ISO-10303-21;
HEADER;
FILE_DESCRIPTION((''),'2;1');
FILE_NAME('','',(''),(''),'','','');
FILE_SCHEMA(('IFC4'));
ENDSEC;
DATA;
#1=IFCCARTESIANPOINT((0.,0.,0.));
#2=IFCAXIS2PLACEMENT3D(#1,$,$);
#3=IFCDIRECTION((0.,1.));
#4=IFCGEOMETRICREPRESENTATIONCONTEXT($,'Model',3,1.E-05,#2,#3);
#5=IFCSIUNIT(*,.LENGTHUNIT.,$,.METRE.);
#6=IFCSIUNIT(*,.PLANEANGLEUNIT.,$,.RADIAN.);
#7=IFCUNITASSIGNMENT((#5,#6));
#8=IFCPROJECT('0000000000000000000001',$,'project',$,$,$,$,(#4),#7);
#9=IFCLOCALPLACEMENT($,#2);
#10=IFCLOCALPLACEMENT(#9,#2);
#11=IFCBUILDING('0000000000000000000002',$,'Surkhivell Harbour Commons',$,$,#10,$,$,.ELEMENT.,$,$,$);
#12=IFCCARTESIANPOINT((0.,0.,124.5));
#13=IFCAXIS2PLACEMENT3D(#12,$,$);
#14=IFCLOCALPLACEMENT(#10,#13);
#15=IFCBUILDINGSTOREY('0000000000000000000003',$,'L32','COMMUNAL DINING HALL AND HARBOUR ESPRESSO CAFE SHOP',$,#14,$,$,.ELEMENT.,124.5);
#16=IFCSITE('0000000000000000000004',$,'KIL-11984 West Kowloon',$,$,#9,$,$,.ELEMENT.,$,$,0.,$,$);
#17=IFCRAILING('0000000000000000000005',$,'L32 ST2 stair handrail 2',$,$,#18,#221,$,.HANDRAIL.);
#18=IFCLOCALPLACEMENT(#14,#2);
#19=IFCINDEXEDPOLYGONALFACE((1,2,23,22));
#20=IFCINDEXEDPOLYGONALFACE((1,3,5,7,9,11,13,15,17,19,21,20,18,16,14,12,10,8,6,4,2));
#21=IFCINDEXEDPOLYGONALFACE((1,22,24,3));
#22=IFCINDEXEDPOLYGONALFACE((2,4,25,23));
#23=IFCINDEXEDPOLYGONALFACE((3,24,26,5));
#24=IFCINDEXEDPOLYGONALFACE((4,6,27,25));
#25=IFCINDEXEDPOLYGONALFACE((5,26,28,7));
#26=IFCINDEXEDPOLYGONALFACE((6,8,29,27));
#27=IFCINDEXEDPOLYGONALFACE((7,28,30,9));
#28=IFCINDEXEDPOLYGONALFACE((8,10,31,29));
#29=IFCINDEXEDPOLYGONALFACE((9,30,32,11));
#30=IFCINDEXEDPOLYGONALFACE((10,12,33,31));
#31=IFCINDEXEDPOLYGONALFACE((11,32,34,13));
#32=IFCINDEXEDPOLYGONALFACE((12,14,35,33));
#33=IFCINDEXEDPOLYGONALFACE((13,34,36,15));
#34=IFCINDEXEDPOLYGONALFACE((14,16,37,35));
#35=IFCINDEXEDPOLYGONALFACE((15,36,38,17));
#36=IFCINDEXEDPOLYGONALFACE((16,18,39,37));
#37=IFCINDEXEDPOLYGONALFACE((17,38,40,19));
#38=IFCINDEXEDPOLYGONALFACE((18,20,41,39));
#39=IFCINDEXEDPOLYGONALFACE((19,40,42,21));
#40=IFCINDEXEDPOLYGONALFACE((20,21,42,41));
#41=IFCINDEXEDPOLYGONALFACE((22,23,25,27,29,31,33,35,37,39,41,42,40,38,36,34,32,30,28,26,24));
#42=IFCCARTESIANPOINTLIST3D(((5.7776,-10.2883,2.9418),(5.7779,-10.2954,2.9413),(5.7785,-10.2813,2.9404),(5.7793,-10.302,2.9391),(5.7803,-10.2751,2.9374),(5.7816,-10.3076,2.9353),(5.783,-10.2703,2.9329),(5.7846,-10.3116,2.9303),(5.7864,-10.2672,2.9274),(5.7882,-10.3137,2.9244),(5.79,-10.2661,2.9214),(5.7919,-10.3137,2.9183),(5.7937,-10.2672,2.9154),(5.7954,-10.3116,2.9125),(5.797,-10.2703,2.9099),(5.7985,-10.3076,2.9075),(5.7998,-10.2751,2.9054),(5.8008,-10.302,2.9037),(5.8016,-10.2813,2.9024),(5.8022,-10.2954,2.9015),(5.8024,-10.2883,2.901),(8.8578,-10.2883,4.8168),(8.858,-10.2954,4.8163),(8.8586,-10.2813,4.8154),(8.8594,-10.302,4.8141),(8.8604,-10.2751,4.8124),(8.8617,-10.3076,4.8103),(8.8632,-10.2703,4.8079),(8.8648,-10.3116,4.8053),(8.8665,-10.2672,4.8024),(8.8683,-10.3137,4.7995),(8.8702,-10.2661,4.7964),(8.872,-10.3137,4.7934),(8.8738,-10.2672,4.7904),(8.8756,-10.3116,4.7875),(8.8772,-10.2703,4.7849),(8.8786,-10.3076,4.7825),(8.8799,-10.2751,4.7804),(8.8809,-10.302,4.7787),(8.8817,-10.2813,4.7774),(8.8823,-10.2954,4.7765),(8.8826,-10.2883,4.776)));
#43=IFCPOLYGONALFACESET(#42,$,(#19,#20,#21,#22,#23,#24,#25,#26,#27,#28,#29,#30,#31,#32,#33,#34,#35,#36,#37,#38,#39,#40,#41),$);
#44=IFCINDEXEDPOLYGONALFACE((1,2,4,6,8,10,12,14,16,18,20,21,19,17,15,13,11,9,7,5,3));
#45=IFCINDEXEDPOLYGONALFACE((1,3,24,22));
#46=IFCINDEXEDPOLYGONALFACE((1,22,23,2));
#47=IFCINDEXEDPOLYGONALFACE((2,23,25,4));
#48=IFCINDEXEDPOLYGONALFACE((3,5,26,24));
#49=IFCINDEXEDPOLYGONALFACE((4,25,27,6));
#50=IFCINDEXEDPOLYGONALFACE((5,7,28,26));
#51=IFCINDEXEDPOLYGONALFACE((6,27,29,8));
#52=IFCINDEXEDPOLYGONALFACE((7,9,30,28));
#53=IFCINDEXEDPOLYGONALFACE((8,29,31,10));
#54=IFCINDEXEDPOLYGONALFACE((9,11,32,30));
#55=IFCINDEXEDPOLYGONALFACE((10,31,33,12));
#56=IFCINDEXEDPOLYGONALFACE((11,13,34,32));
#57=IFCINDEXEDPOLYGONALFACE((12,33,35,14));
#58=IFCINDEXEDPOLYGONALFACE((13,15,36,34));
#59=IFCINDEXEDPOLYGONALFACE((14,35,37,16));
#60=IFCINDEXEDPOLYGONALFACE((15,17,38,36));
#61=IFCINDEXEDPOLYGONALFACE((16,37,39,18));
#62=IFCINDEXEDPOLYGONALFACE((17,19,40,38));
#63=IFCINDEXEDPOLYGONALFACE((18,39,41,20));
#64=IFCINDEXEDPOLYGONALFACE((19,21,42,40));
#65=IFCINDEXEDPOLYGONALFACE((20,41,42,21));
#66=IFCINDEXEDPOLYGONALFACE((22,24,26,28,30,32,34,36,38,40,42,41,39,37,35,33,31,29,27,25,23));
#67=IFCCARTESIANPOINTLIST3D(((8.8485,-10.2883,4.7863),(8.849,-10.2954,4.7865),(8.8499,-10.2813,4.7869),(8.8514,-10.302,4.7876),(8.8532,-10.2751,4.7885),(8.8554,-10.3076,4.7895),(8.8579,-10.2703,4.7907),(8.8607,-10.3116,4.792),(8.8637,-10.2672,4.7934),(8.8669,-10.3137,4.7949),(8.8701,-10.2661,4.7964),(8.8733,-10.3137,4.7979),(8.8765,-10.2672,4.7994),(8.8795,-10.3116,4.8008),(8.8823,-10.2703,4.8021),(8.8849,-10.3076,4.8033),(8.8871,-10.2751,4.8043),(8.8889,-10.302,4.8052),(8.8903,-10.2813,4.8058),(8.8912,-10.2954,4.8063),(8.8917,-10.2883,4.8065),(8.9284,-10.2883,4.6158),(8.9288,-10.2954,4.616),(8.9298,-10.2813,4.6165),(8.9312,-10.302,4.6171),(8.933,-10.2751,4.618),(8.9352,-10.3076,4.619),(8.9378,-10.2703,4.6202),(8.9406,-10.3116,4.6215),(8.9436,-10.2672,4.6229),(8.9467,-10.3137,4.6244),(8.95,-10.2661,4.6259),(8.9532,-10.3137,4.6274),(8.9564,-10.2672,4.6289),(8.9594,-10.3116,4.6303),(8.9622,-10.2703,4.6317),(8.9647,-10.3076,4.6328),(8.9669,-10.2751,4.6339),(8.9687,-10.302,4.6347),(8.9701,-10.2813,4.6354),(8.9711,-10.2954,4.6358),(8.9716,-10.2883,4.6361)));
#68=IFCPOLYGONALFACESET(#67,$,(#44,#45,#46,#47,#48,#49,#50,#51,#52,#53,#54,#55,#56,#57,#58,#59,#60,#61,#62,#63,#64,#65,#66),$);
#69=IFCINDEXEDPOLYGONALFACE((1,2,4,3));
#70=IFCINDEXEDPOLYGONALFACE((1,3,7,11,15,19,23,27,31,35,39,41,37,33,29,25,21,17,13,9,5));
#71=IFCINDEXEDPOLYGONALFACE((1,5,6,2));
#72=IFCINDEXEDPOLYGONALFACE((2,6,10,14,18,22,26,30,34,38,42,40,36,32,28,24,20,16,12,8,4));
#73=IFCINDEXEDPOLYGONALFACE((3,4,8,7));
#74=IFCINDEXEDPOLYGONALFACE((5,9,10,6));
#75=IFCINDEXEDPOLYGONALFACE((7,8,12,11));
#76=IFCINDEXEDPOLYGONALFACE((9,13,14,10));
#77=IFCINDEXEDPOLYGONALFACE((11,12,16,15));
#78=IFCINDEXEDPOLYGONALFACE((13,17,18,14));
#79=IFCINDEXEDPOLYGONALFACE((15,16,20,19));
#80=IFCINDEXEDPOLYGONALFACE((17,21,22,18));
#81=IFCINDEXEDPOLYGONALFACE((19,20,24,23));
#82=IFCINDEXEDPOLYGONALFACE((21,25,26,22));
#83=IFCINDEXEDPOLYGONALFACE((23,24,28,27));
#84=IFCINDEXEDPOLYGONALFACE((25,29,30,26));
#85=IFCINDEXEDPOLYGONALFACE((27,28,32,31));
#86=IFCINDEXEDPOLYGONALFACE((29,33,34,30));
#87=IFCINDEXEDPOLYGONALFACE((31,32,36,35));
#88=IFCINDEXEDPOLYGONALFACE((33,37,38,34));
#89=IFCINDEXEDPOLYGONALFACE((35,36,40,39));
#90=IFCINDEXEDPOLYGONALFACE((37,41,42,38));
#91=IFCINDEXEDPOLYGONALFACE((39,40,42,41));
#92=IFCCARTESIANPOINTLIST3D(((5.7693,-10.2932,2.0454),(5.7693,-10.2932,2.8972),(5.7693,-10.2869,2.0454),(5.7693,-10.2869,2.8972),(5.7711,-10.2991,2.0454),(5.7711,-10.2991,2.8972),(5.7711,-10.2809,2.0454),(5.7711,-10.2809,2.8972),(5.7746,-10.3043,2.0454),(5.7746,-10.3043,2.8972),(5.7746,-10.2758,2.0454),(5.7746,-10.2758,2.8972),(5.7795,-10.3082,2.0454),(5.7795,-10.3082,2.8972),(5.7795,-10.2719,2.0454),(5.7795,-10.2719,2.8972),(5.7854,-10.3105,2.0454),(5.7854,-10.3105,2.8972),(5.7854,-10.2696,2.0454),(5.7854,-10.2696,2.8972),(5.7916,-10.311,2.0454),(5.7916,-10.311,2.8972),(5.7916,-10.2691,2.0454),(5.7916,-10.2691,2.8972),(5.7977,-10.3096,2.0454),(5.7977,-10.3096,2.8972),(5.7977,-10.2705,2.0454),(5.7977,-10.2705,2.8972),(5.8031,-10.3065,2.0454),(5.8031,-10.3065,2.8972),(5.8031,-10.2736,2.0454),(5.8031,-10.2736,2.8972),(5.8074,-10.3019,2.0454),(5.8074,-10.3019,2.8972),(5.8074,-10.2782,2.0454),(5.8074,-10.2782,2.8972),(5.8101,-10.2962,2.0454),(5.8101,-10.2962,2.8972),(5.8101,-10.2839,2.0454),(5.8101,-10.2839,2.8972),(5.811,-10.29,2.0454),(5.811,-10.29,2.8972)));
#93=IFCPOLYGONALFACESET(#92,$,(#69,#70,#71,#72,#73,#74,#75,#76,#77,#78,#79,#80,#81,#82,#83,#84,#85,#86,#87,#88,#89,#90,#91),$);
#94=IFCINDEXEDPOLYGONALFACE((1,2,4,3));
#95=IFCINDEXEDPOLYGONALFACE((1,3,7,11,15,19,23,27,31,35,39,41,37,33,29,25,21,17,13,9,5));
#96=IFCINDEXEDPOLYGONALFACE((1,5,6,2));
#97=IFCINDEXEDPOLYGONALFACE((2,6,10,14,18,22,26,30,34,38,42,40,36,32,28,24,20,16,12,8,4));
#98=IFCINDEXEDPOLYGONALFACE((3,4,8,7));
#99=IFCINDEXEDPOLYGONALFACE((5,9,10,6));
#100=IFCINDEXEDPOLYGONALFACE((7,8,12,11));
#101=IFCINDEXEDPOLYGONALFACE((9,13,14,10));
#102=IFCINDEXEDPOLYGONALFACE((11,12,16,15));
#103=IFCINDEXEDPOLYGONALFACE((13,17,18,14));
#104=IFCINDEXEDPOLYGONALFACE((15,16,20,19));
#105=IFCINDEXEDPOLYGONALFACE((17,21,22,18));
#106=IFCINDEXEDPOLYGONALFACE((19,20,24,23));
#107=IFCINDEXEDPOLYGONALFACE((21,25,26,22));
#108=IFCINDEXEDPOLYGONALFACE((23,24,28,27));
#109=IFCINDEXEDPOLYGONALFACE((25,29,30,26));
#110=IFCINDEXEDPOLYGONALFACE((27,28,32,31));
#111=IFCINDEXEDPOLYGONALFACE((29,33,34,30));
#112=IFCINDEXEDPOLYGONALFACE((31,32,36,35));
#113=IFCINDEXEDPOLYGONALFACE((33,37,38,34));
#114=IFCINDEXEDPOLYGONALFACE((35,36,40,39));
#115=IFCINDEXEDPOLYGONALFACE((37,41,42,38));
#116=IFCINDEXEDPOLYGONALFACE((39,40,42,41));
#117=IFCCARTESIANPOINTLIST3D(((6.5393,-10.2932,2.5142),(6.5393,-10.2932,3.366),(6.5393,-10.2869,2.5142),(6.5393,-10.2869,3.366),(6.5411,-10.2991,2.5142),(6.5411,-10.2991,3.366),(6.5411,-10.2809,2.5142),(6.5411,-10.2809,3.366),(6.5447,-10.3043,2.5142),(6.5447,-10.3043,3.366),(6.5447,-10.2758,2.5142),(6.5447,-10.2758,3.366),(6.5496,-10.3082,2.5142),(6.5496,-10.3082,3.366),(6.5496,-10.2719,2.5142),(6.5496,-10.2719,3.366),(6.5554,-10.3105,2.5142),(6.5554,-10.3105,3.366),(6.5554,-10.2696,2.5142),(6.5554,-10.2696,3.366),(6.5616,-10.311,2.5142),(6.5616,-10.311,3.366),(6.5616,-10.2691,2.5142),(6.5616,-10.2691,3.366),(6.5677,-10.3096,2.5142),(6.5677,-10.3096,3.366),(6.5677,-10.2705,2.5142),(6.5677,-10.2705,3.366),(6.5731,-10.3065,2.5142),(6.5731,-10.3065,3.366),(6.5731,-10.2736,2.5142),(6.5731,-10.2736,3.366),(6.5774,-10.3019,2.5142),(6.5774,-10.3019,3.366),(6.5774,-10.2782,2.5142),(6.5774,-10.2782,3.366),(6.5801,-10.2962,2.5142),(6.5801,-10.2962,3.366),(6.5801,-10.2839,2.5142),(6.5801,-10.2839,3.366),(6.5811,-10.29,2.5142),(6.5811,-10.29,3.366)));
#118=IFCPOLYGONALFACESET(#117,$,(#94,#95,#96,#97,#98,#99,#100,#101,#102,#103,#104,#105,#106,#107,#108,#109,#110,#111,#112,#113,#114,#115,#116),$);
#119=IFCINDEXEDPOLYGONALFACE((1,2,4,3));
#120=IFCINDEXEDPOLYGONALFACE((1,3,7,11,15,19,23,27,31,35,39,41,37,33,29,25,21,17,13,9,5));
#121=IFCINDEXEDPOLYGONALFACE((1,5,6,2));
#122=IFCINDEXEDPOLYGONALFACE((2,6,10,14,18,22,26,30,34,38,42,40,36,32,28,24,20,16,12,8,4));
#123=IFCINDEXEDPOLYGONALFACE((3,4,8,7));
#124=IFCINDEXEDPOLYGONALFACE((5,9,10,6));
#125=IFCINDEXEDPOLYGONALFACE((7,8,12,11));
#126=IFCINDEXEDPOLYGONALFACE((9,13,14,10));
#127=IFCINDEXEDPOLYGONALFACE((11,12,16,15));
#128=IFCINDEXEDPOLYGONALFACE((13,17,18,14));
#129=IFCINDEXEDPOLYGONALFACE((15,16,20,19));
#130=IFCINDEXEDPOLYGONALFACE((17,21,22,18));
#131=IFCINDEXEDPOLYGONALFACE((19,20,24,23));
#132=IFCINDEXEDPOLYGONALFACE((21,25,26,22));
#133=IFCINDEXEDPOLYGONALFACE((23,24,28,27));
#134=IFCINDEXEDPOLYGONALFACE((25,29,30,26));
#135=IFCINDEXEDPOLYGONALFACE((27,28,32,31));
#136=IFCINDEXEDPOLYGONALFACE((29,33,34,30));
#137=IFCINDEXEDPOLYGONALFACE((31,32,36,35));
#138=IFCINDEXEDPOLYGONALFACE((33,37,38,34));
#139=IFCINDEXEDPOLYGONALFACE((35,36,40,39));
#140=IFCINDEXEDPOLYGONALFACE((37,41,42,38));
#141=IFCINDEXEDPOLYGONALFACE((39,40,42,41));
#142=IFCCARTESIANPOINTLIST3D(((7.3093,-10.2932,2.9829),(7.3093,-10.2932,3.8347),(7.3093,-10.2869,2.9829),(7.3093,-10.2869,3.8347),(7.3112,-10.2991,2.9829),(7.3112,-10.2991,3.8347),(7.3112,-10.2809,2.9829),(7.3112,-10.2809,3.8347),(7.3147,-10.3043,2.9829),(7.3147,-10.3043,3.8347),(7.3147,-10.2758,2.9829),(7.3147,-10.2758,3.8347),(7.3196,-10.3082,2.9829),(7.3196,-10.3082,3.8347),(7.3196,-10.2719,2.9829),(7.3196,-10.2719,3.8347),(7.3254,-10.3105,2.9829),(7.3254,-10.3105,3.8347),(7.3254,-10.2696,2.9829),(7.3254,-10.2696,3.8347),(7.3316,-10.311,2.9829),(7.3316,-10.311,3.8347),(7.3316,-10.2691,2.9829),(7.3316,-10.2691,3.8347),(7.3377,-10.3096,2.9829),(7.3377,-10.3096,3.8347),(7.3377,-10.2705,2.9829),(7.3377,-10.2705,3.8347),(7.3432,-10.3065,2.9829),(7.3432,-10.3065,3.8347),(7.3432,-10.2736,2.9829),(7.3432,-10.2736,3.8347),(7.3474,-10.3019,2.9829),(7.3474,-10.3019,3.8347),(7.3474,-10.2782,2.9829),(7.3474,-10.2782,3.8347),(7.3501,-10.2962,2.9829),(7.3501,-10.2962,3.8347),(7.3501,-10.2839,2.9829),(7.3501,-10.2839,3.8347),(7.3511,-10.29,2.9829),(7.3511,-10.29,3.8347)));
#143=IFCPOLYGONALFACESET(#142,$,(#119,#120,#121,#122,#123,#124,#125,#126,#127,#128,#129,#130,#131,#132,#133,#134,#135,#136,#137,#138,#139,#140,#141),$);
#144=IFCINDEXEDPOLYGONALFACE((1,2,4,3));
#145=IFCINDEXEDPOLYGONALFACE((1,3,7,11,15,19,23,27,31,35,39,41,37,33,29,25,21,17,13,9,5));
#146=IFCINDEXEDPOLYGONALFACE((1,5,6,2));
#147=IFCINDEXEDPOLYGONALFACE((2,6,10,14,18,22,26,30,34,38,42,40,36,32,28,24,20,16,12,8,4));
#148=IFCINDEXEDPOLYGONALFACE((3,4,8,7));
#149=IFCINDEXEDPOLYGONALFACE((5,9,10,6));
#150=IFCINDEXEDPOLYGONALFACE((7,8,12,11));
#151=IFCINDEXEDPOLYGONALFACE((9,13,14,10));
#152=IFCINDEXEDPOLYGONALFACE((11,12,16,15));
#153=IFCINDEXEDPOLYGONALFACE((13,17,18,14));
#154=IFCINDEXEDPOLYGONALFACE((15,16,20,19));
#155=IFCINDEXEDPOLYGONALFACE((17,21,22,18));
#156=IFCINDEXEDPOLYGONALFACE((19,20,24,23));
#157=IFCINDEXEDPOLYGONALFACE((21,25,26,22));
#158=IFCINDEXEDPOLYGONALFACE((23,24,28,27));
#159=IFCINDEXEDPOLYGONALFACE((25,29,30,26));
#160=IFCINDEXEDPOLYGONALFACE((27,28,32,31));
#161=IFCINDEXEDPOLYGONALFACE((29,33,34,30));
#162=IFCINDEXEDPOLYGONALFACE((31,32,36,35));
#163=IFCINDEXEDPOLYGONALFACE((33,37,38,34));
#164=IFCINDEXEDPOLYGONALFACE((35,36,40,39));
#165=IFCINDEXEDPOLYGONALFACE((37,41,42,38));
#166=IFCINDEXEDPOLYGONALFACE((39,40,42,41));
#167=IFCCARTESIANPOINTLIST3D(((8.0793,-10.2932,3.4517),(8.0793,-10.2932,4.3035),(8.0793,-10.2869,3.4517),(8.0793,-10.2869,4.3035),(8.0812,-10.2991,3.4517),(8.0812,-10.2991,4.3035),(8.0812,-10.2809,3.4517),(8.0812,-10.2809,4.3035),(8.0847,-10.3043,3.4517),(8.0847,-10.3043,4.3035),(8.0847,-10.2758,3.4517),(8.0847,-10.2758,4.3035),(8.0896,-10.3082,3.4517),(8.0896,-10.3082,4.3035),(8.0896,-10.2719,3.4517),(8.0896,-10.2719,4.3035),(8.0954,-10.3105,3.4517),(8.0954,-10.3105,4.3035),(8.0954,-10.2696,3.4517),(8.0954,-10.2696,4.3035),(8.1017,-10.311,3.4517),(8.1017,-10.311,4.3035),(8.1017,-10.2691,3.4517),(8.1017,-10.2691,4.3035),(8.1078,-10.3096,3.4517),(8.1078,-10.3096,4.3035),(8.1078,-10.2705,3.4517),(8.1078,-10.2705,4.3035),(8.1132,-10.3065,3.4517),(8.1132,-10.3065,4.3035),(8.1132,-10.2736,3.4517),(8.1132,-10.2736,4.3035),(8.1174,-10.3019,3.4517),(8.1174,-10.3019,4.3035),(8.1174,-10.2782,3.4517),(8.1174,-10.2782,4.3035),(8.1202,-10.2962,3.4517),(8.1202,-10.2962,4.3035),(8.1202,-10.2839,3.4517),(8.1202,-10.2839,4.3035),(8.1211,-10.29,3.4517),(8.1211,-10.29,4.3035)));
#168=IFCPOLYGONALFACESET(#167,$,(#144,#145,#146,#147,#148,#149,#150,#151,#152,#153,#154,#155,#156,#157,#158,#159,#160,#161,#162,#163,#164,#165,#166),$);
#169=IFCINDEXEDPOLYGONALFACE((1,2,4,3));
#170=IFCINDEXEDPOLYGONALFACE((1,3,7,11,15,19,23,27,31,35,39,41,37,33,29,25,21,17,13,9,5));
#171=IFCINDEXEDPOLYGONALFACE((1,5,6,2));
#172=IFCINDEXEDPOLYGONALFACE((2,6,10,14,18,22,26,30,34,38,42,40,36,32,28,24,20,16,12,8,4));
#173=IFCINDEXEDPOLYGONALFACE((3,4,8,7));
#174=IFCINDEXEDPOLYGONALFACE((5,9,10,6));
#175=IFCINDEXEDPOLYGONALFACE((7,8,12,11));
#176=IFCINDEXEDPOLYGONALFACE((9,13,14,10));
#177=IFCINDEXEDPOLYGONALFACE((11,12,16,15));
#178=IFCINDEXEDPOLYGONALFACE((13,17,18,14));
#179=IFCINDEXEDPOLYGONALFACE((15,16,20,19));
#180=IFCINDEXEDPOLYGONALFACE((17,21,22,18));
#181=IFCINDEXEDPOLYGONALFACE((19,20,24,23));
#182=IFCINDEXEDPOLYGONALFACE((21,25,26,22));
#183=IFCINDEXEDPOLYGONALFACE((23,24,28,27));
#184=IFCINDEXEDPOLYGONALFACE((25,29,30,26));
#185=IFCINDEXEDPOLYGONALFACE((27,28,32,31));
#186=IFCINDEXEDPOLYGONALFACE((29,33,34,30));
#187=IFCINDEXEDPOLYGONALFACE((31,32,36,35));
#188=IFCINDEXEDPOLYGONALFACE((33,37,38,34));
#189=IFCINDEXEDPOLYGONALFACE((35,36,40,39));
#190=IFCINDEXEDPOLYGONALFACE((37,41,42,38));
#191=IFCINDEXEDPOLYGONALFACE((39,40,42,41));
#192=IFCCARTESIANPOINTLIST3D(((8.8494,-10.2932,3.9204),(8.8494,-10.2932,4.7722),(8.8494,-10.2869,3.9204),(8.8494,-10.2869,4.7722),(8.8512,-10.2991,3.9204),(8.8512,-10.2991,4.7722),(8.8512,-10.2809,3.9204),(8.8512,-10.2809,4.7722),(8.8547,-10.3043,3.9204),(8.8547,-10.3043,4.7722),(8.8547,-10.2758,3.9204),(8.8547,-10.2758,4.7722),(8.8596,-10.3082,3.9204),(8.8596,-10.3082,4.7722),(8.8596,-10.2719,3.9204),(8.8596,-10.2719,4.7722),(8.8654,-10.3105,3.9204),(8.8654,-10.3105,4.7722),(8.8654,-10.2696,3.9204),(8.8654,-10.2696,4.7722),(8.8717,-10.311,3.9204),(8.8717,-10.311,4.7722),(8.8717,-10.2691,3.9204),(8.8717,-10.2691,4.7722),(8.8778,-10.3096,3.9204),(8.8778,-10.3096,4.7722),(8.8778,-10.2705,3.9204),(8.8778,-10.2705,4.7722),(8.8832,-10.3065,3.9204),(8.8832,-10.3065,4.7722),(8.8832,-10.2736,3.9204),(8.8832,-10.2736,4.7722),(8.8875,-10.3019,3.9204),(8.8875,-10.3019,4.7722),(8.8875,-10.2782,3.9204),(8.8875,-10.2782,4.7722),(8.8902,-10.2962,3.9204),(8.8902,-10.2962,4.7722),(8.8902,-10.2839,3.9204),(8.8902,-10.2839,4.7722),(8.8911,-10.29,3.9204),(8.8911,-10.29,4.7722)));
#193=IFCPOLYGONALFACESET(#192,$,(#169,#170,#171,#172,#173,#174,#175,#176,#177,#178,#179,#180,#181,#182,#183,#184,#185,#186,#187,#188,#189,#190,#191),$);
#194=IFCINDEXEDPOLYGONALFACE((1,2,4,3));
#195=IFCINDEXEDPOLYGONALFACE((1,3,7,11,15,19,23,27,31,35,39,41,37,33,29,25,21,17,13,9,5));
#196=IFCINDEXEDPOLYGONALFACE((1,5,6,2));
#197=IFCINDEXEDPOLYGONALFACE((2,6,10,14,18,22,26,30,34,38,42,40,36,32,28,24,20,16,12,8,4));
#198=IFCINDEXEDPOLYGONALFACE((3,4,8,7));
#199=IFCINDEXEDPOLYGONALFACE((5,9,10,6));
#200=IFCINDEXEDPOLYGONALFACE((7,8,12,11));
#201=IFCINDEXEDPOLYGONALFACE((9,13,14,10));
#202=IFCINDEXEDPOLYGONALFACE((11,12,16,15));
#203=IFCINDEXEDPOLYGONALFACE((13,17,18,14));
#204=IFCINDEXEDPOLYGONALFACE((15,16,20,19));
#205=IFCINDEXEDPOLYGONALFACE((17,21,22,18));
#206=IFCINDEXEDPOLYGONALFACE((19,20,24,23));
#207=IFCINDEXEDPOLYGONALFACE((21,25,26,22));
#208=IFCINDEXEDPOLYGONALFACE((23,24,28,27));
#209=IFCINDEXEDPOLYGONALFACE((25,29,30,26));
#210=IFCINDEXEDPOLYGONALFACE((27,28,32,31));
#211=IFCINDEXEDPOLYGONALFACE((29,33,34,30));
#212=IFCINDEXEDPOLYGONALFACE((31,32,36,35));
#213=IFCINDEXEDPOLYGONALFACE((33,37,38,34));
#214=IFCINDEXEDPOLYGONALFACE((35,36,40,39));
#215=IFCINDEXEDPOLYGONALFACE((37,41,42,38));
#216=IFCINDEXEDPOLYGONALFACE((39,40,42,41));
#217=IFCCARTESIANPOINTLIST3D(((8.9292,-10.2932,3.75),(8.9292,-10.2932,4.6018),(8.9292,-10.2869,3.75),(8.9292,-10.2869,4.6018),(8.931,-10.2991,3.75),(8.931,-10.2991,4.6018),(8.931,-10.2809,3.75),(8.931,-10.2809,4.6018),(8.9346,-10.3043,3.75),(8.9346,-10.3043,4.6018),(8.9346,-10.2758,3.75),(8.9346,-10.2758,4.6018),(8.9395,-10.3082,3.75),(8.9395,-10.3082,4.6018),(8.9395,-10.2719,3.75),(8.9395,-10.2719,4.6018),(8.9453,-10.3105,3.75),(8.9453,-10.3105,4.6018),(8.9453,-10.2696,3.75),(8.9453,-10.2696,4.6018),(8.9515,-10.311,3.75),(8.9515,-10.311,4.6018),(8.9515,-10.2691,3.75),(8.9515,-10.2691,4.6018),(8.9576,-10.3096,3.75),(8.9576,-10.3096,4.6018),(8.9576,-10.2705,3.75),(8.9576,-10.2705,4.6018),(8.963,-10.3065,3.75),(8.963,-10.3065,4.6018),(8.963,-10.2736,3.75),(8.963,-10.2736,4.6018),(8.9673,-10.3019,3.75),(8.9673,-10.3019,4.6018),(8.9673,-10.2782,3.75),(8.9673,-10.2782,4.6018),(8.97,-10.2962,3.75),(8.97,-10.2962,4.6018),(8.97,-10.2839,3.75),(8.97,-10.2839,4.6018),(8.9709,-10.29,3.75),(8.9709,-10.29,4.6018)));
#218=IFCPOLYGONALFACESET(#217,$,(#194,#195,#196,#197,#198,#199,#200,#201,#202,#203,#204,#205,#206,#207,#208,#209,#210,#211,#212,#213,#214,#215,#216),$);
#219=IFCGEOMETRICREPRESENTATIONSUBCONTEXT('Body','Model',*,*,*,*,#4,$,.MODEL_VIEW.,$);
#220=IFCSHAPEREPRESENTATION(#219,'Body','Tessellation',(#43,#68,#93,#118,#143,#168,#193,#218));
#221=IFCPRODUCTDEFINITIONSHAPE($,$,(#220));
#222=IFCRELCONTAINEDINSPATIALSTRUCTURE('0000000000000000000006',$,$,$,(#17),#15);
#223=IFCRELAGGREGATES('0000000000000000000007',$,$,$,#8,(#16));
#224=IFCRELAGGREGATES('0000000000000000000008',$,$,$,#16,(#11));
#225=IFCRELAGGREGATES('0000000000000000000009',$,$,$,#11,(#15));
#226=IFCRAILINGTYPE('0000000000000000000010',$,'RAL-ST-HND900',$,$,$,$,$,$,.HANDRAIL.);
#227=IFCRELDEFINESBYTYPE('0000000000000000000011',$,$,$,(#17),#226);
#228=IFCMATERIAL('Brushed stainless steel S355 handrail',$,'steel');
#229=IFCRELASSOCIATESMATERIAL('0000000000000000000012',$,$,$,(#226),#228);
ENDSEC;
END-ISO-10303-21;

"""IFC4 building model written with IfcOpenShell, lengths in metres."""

from ifc_helpers import new_model, si_unit, direction, frame, origin, origin_2d, place, context, subcontext, project, spatial, circle, extrude, material, type_object, element, save


model = new_model("IFC4")

# Units and contexts
model_context = context("Model", 3, precision=1e-05, world=origin(), true_north=direction((0.0, 1.0)))
body_context = subcontext(model_context, "Body", "Model", "MODEL_VIEW")
ifc_project = project(units=[si_unit("LENGTHUNIT", "METRE"), si_unit("PLANEANGLEUNIT", "RADIAN")], contexts=[model_context])

# Site, building, storey
site_placement = place(None, origin())
site = spatial("IfcSite", under=ifc_project, at=site_placement, Name="KIL-11984 West Kowloon", CompositionType="ELEMENT", RefElevation=0.0)
building_placement = place(site_placement, origin())
building = spatial("IfcBuilding", under=site, at=building_placement, Name="Surkhivell Harbour Commons", CompositionType="ELEMENT")
storey_placement = place(building_placement, frame((0.0, 0.0, 124.5)))
storey = spatial("IfcBuildingStorey", under=building, at=storey_placement, Name="L32", Description="COMMUNAL DINING HALL AND HARBOUR ESPRESSO CAFE SHOP", CompositionType="ELEMENT", Elevation=124.5)

# Railing
ifc_material_1 = material(Name="Brushed stainless steel S355 handrail", Category="steel")
railing_type_1 = type_object("IfcRailingType", Name="RAL-ST-HND900", PredefinedType="HANDRAIL", material=ifc_material_1)
railing_1_placement = place(storey_placement, frame((5.79, -10.29, 2.0454)))
element("IfcRailing", 1, at=railing_1_placement, inside=storey, type_object=railing_type_1, Name="L32 ST2 stair handrail 2", PredefinedType="HANDRAIL", context=body_context, shape_type="SweptSolid", body=[
    extrude(circle(Radius=0.0239, at=origin_2d()), frame((0.0, 0.0, 0.876), z_axis=(0.854178, 0.0, 0.519981), x_axis=(0.0, 1.0, 0.0)), (0.0, 0.0, 1.0), 3.606),
    extrude(circle(Radius=0.0239, at=origin_2d()), frame((3.0801, 0.0, 2.751), z_axis=(0.424234, 0.0, -0.905552), x_axis=(0.0, 1.0, 0.0)), (0.0, 0.0, 1.0), 0.1882),
    extrude(circle(Radius=0.021, at=origin_2d()), origin(), (0.0, 0.0, 1.0), 0.8518),
    extrude(circle(Radius=0.021, at=origin_2d()), frame((0.77, 0.0, 0.4688)), (0.0, 0.0, 1.0), 0.8518),
    extrude(circle(Radius=0.021, at=origin_2d()), frame((1.54, 0.0, 0.9375)), (0.0, 0.0, 1.0), 0.8518),
    extrude(circle(Radius=0.021, at=origin_2d()), frame((2.3101, 0.0, 1.4062)), (0.0, 0.0, 1.0), 0.8518),
    extrude(circle(Radius=0.021, at=origin_2d()), frame((3.0801, 0.0, 1.875)), (0.0, 0.0, 1.0), 0.8518),
    extrude(circle(Radius=0.021, at=origin_2d()), frame((3.1599, 0.0, 1.7046)), (0.0, 0.0, 1.0), 0.8518),
])

save(model, "model.ifc")
